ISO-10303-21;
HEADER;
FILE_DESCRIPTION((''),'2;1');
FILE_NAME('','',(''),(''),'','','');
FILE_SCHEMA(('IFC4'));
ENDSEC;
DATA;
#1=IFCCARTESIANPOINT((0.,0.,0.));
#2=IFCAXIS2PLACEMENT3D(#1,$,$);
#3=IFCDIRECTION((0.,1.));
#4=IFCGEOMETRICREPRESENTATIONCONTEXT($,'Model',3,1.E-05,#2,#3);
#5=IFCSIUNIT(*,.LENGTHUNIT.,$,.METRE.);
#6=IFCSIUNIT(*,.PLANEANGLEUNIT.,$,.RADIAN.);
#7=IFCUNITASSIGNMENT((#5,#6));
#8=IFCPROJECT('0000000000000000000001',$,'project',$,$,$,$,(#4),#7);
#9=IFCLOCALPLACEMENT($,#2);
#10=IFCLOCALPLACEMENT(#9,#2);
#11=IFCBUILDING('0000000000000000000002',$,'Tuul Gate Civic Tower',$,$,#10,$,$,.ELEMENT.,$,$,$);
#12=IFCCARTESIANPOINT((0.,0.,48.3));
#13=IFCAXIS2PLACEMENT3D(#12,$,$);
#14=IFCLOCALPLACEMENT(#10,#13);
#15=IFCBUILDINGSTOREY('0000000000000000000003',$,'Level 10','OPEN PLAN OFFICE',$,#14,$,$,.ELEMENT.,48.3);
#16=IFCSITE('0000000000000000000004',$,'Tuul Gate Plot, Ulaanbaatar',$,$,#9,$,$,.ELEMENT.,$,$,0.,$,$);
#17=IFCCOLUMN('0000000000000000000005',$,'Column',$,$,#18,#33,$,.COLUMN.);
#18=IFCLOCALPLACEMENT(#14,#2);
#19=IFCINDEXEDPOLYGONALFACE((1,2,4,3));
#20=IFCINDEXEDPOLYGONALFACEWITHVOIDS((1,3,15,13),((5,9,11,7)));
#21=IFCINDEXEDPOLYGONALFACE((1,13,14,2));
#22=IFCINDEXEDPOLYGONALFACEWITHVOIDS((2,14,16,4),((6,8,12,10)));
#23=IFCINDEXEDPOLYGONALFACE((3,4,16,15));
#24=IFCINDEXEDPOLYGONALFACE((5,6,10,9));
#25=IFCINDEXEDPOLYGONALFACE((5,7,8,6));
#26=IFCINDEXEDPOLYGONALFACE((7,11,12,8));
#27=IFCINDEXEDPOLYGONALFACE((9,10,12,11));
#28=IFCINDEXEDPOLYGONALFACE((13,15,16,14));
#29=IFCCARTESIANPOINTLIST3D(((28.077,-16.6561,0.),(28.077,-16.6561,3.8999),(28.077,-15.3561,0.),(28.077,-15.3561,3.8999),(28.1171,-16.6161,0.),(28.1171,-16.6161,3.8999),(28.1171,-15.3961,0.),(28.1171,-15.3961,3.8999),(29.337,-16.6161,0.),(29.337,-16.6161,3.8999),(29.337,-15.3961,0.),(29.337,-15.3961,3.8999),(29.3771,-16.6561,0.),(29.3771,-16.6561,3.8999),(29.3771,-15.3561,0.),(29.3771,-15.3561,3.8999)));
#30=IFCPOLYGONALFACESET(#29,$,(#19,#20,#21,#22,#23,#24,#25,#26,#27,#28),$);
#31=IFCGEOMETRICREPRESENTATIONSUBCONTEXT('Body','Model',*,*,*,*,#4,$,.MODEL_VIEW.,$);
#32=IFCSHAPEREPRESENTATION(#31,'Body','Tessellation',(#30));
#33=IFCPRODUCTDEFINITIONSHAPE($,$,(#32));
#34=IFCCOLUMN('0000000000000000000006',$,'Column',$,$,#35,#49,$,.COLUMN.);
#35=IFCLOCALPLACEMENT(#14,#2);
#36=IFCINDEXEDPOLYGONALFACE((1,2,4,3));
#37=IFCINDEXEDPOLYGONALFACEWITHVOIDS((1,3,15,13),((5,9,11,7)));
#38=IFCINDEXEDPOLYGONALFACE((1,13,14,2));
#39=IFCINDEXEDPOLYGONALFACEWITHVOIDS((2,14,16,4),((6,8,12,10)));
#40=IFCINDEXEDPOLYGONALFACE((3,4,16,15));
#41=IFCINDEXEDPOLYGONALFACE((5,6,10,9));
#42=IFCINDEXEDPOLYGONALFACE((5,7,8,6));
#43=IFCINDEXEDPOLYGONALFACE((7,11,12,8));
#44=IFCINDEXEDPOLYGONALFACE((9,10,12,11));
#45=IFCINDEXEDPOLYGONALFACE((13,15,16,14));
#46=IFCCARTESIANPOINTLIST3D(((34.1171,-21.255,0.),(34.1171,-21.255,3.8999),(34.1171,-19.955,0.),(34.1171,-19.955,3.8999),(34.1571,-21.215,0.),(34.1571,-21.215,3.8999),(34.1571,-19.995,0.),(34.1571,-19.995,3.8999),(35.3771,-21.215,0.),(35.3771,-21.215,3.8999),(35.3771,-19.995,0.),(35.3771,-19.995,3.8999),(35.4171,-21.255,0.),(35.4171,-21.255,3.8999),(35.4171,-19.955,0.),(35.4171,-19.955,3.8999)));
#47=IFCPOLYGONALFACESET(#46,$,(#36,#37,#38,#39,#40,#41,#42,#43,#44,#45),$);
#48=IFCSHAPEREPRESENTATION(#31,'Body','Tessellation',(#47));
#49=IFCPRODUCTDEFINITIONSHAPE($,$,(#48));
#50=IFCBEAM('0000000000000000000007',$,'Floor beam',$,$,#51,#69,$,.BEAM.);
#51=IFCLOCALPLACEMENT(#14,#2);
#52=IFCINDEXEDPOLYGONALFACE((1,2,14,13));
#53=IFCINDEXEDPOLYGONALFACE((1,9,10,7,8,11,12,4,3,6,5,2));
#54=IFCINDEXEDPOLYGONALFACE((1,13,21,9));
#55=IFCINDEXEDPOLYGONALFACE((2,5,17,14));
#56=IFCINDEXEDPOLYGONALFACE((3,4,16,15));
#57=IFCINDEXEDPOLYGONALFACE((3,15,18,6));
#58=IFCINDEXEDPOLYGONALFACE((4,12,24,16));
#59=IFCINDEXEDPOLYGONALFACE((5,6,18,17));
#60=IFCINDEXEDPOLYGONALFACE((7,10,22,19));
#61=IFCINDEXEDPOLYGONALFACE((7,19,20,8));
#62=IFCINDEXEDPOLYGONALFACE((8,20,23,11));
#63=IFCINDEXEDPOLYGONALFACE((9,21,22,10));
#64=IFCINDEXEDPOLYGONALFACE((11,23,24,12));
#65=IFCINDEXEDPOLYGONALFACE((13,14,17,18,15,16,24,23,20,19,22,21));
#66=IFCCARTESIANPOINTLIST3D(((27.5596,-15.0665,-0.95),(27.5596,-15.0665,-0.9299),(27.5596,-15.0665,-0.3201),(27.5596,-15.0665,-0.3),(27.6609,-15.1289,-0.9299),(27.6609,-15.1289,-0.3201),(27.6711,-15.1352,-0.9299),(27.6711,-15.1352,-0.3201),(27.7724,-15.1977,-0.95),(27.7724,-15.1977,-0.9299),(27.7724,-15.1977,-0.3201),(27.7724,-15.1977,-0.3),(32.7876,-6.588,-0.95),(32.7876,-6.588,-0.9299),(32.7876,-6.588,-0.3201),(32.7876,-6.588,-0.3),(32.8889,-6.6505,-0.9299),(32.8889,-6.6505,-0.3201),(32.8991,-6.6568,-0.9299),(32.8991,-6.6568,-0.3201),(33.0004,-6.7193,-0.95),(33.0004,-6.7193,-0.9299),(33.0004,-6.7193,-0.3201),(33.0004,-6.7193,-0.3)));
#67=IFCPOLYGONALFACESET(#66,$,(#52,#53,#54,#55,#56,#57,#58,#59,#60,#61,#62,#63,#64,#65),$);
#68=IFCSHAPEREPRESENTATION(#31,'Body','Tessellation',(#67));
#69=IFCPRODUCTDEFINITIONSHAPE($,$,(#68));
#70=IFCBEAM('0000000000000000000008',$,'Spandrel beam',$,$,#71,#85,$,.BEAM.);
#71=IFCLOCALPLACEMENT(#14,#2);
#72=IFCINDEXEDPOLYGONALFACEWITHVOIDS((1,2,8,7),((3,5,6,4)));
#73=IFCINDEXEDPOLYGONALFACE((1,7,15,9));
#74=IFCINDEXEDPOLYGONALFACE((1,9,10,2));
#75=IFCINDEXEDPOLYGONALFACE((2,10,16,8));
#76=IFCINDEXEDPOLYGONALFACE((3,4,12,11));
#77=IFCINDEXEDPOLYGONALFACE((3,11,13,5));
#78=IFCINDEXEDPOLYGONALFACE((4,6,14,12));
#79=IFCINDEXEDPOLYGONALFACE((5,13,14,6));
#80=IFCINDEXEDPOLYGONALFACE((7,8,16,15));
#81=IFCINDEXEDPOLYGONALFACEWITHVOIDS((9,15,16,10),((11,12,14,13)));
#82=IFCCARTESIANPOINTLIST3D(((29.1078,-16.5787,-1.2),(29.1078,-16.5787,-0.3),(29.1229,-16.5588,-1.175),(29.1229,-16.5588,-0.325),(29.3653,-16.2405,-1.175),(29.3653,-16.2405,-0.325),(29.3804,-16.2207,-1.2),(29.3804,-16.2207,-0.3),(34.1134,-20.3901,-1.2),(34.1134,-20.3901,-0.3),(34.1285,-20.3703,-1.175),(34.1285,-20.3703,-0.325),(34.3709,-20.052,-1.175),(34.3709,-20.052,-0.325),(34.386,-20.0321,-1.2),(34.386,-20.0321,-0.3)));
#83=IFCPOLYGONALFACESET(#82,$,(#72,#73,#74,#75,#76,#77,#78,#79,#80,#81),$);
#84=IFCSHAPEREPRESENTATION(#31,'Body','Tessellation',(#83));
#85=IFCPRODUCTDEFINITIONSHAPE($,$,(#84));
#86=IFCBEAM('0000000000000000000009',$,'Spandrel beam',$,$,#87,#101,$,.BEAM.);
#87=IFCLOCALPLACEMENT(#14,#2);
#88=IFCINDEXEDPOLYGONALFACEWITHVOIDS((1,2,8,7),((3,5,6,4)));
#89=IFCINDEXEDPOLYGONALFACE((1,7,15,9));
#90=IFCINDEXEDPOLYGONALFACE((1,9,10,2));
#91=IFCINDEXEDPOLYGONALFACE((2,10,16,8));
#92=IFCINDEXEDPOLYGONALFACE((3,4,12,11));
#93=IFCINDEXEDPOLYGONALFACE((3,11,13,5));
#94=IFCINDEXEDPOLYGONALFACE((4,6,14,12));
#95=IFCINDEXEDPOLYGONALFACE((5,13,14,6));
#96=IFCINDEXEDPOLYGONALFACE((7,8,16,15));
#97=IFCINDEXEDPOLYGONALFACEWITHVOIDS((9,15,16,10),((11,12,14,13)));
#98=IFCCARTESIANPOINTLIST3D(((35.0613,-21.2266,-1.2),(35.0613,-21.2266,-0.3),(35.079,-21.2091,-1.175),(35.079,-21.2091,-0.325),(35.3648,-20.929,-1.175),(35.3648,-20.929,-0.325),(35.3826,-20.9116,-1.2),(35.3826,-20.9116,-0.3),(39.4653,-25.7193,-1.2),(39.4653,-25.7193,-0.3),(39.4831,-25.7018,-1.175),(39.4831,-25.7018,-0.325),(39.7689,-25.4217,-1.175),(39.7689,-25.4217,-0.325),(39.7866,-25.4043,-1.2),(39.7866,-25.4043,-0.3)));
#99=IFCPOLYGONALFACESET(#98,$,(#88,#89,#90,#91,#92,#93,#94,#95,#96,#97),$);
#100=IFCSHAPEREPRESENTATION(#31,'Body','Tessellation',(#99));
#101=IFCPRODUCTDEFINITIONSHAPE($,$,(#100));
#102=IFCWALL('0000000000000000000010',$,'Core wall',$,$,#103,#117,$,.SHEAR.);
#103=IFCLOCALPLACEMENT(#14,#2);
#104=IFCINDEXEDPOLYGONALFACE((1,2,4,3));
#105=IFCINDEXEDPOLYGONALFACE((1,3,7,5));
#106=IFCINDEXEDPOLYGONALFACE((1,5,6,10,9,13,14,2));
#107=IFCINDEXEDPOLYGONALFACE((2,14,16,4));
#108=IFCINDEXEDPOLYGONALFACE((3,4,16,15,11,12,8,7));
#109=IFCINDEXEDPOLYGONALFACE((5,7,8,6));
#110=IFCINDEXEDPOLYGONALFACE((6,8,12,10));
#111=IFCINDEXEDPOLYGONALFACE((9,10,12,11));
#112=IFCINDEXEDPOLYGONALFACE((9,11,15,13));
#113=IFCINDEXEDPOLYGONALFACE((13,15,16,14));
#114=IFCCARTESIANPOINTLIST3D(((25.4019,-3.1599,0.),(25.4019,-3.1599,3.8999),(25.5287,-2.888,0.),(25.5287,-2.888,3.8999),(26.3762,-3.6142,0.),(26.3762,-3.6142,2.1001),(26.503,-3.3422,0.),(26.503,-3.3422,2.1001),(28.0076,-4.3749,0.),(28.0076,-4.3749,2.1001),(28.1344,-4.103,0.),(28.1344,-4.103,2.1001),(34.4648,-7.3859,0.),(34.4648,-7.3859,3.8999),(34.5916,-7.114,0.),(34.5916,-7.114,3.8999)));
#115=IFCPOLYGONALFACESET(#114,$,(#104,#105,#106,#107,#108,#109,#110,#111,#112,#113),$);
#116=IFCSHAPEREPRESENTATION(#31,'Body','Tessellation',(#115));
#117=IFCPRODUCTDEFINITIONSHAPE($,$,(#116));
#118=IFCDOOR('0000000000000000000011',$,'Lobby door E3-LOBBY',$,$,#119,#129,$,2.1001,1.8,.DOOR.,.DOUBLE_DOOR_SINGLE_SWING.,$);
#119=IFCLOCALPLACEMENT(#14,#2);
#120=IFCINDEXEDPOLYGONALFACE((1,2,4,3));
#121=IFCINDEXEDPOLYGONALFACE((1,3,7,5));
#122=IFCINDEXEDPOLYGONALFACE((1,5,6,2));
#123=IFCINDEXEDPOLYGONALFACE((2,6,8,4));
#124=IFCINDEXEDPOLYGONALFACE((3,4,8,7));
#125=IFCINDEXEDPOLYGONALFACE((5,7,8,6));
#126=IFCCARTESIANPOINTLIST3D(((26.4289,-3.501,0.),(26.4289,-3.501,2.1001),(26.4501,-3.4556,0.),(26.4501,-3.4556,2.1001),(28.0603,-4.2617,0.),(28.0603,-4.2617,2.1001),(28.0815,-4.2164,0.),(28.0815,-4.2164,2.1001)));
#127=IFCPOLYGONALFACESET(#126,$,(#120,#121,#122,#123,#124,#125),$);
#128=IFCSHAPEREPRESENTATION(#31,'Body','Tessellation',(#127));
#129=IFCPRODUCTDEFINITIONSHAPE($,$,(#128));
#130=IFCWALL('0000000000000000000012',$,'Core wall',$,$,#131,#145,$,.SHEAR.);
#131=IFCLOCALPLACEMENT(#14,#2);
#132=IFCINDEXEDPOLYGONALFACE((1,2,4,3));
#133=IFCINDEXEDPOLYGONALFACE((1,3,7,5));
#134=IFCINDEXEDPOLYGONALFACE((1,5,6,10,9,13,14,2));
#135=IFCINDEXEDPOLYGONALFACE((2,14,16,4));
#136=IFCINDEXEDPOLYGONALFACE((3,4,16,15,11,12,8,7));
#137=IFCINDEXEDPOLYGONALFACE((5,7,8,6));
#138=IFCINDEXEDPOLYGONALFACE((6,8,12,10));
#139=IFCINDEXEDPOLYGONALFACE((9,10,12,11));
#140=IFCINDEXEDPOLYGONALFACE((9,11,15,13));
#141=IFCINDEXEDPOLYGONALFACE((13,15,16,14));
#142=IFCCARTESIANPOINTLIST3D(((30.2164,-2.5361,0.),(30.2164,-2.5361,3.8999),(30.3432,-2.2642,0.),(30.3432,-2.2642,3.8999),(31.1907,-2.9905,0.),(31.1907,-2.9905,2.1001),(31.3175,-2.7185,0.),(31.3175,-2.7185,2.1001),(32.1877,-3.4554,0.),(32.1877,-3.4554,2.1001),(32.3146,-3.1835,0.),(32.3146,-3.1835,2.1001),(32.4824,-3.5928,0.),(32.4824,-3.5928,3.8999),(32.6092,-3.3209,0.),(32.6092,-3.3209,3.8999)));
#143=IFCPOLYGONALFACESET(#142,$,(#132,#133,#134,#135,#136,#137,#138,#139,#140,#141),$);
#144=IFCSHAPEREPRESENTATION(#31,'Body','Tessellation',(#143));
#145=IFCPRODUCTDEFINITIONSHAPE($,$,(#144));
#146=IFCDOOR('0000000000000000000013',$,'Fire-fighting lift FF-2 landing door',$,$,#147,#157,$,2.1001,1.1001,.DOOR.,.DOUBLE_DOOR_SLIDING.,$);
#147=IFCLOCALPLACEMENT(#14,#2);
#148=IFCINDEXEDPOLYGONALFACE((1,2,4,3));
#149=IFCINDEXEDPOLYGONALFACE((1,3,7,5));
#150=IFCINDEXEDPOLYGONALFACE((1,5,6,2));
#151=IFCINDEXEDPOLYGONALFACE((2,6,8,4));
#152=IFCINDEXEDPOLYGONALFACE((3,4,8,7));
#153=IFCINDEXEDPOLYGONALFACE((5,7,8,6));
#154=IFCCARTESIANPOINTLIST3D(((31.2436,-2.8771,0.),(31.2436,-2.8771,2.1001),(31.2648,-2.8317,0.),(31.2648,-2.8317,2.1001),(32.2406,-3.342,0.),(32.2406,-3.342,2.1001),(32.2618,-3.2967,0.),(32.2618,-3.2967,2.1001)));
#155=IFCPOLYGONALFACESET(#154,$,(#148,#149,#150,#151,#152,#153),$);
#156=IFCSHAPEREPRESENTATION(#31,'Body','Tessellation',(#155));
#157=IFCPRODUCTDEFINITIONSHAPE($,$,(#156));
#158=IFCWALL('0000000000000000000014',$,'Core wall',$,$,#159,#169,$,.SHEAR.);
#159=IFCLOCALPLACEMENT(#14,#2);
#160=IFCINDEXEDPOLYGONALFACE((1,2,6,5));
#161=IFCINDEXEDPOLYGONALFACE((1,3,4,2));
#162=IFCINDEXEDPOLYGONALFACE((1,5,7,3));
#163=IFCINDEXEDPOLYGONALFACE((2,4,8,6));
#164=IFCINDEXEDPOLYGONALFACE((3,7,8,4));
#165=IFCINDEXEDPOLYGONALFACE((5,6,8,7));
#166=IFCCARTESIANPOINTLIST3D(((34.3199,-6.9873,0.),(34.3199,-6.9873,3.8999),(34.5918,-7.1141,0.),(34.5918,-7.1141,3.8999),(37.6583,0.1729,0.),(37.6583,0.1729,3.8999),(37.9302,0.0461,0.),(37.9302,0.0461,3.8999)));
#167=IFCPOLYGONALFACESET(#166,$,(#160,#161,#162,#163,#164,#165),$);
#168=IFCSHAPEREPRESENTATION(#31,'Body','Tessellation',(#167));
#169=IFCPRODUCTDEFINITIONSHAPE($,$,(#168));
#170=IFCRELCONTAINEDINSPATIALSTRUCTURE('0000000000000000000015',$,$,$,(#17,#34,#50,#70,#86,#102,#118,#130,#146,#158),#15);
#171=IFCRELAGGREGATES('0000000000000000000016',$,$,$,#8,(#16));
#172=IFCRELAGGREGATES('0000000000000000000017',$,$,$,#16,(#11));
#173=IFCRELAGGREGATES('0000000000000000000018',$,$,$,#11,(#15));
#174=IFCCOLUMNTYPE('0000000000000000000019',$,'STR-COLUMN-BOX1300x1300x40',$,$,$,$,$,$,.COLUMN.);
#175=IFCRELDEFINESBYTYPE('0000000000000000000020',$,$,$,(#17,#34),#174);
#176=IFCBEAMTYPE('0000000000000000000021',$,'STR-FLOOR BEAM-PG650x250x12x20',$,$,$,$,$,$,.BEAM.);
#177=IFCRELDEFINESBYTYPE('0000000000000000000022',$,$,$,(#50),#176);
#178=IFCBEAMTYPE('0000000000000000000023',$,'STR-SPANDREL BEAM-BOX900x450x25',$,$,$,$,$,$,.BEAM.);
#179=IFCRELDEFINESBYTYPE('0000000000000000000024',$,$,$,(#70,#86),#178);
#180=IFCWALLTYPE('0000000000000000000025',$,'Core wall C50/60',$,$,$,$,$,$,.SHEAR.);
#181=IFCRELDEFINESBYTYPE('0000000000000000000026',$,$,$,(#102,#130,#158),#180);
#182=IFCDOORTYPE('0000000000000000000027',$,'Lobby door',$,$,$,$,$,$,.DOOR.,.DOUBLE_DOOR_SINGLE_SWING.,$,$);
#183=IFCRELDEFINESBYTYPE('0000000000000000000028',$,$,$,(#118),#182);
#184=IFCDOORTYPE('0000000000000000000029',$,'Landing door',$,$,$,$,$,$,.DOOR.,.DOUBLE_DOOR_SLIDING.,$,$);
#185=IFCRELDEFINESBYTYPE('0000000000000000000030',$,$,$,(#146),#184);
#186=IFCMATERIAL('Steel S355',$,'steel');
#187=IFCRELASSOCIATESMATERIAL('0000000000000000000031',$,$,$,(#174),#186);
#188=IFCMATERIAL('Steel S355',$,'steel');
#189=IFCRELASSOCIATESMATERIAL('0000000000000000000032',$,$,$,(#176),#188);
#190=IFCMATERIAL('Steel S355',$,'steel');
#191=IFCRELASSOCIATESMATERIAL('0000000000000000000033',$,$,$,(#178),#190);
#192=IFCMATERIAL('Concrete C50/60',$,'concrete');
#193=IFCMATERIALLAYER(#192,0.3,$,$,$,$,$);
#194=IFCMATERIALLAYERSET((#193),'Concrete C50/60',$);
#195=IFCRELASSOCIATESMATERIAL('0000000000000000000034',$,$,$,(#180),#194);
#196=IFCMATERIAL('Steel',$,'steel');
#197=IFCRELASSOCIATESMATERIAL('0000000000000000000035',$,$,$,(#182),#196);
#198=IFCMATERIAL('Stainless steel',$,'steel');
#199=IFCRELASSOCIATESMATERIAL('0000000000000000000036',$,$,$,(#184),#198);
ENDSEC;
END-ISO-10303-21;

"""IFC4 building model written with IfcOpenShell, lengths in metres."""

from ifc_helpers import new_model, si_unit, direction, frame, frame_2d, origin, origin_2d, place, context, subcontext, project, spatial, rectangle, hollow_rectangle, i_section, extrude, material, layer, layer_set, material_profile, profile_set, type_object, element, fill, save


model = new_model("IFC4")

# Units and contexts
model_context = context("Model", 3, precision=1e-05, world=origin(), true_north=direction((0.0, 1.0)))
body_context = subcontext(model_context, "Body", "Model", "MODEL_VIEW")
ifc_project = project(units=[si_unit("LENGTHUNIT", "METRE"), si_unit("PLANEANGLEUNIT", "RADIAN")], contexts=[model_context])

# Site, building, storey
site_placement = place(None, origin())
site = spatial("IfcSite", under=ifc_project, at=site_placement, Name="Tuul Gate Plot, Ulaanbaatar", CompositionType="ELEMENT", RefElevation=0.0)
building_placement = place(site_placement, origin())
building = spatial("IfcBuilding", under=site, at=building_placement, Name="Tuul Gate Civic Tower", CompositionType="ELEMENT")
storey_placement = place(building_placement, frame((0.0, 0.0, 48.3)))
storey = spatial("IfcBuildingStorey", under=building, at=storey_placement, Name="Level 10", Description="OPEN PLAN OFFICE", CompositionType="ELEMENT", Elevation=48.3)

# Columns
ifc_material_1 = material(Name="Steel S355", Category="steel")
ifc_material_profile_1 = material_profile(ifc_material_1, hollow_rectangle(XDim=1.3, YDim=1.3, WallThickness=0.04, at=origin_2d()), Name="BOX1300x1300x40")
ifc_profile_set_1 = profile_set([ifc_material_profile_1], Name="Steel S355")
column_type = type_object("IfcColumnType", Name="STR-COLUMN-BOX1300x1300x40", PredefinedType="COLUMN", material=ifc_profile_set_1)
for number, where, z_axis, x_axis, name in (
    (1, (28.7271, -16.0061, 0.0), (0.0, 0.0, 1.0), (1.0, 0.0, 0.0), "Column"),
    (2, (34.7671, -20.605, 0.0), (0.0, 0.0, 1.0), (1.0, 0.0, 0.0), "Column"),
):
    element("IfcColumn", number, at=place(storey_placement, frame(where, z_axis=z_axis, x_axis=x_axis)), inside=storey, type_object=column_type, Name=name, PredefinedType="COLUMN", context=body_context, shape_type="SweptSolid", body=[
        extrude(hollow_rectangle(XDim=1.3, YDim=1.3, WallThickness=0.04, at=origin_2d()), origin(), (0.0, 0.0, 1.0), 3.8999),
    ])

# Beams
ifc_material_2 = material(Name="Steel S355", Category="steel")
ifc_material_profile_2 = material_profile(ifc_material_2, i_section(OverallWidth=0.25, OverallDepth=0.6499, WebThickness=0.012, FlangeThickness=0.02, at=origin_2d()), Name="PG650x250x12x20")
ifc_profile_set_2 = profile_set([ifc_material_profile_2], Name="Steel S355")
beam_type_1 = type_object("IfcBeamType", Name="STR-FLOOR BEAM-PG650x250x12x20", PredefinedType="BEAM", material=ifc_profile_set_2)
beam_1_placement = place(storey_placement, frame((27.666, -15.1321, -0.625), z_axis=(0.52486, 0.851188, 0.0), x_axis=(-0.851188, 0.52486, 0.0)))
element("IfcBeam", 3, at=beam_1_placement, inside=storey, type_object=beam_type_1, Name="Floor beam", PredefinedType="BEAM", context=body_context, shape_type="SweptSolid", body=[
    extrude(i_section(OverallWidth=0.25, OverallDepth=0.6499, WebThickness=0.012, FlangeThickness=0.02, at=origin_2d()), origin(), (0.0, 0.0, 1.0), 9.9607),
])
ifc_material_3 = material(Name="Steel S355", Category="steel")
ifc_material_profile_3 = material_profile(ifc_material_3, hollow_rectangle(XDim=0.45, YDim=0.8999, WallThickness=0.0249, at=origin_2d()), Name="BOX900x450x25")
ifc_profile_set_3 = profile_set([ifc_material_profile_3], Name="Steel S355")
beam_type_2 = type_object("IfcBeamType", Name="STR-SPANDREL BEAM-BOX900x450x25", PredefinedType="BEAM", material=ifc_profile_set_3)
beam_2_placement = place(storey_placement, frame((29.2441, -16.3997, -0.75), z_axis=(0.795606, -0.605814, 0.0), x_axis=(0.605814, 0.795606, 0.0)))
element("IfcBeam", 4, at=beam_2_placement, inside=storey, type_object=beam_type_2, Name="Spandrel beam", PredefinedType="BEAM", context=body_context, shape_type="SweptSolid", body=[
    extrude(hollow_rectangle(XDim=0.45, YDim=0.8999, WallThickness=0.0249, at=origin_2d()), origin(), (0.0, 0.0, 1.0), 6.2915),
])
beam_3_placement = place(storey_placement, frame((35.2219, -21.0691, -0.75), z_axis=(0.700028, -0.714115, 0.0), x_axis=(0.714115, 0.700028, 0.0)))
element("IfcBeam", 5, at=beam_3_placement, inside=storey, type_object=beam_type_2, Name="Spandrel beam", PredefinedType="BEAM", context=body_context, shape_type="SweptSolid", body=[
    extrude(hollow_rectangle(XDim=0.45, YDim=0.8999, WallThickness=0.0249, at=origin_2d()), origin(), (0.0, 0.0, 1.0), 6.2913),
])

# Walls, openings, doors
ifc_material_4 = material(Name="Concrete C50/60", Category="concrete")
ifc_layer_1 = layer(ifc_material_4, 0.3)
ifc_layer_set_1 = layer_set([ifc_layer_1], Name="Concrete C50/60")
wall_type_1 = type_object("IfcWallType", Name="Core wall C50/60", PredefinedType="SHEAR", material=ifc_layer_set_1)
wall_1_placement = place(storey_placement, frame((34.5283, -7.25, 0.0), z_axis=(0.0, 0.0, 1.0), x_axis=(-0.90631, 0.422613, 0.0)))
wall_1 = element("IfcWall", 6, at=wall_1_placement, inside=storey, type_object=wall_type_1, Name="Core wall", PredefinedType="SHEAR", context=body_context, shape_type="SweptSolid", body=[
    extrude(rectangle(XDim=9.9998, YDim=0.3, at=frame_2d((5.0, 0.0))), origin(), (0.0, 0.0, 1.0), 3.8999),
])
opening_1_placement = place(wall_1_placement, frame((7.125, 0.0, 0.0)))
opening_1 = element("IfcOpeningElement", 7, at=opening_1_placement, cuts=wall_1, PredefinedType="OPENING", context=body_context, shape_type="SweptSolid", body=[
    extrude(rectangle(XDim=1.8, YDim=2.1001, at=frame_2d((0.8999, 1.05))), frame((0.0, 0.1602, 0.0), z_axis=(0.0, -1.0, 0.0), x_axis=(1.0, 0.0, 0.0)), (0.0, 0.0, 1.0), 0.3201),
])
ifc_material_5 = material(Name="Steel", Category="steel")
door_type_1 = type_object("IfcDoorType", Name="Lobby door", OperationType="DOUBLE_DOOR_SINGLE_SWING", PredefinedType="DOOR", material=ifc_material_5)
door_1_placement = place(opening_1_placement, frame((1.8, 0.0, 0.0), z_axis=(0.0, 0.0, 1.0), x_axis=(-1.0, 0.0, 0.0)))
door_1 = element("IfcDoor", 8, at=door_1_placement, inside=storey, type_object=door_type_1, Name="Lobby door E3-LOBBY", OperationType="DOUBLE_DOOR_SINGLE_SWING", OverallHeight=2.1001, OverallWidth=1.8, PredefinedType="DOOR", context=body_context, shape_type="SweptSolid", body=[
    extrude(rectangle(XDim=1.8, YDim=2.1001, at=frame_2d((0.9001, 1.05))), frame((0.0, 0.0249, 0.0), z_axis=(0.0, -1.0, 0.0), x_axis=(1.0, 0.0, 0.0)), (0.0, 0.0, 1.0), 0.05),
])
fill(opening_1, door_1)
wall_2_placement = place(storey_placement, frame((32.5457, -3.4568, 0.0), z_axis=(0.0, 0.0, 1.0), x_axis=(-0.9063, 0.422634, 0.0)))
wall_2 = element("IfcWall", 9, at=wall_2_placement, inside=storey, type_object=wall_type_1, Name="Core wall", PredefinedType="SHEAR", context=body_context, shape_type="SweptSolid", body=[
    extrude(rectangle(XDim=2.5002, YDim=0.3, at=frame_2d((1.25, 0.0))), origin(), (0.0, 0.0, 1.0), 3.8999),
])
opening_2_placement = place(wall_2_placement, frame((0.325, 0.0, 0.0)))
opening_2 = element("IfcOpeningElement", 10, at=opening_2_placement, cuts=wall_2, PredefinedType="OPENING", context=body_context, shape_type="SweptSolid", body=[
    extrude(rectangle(XDim=1.1001, YDim=2.1001, at=frame_2d((0.55, 1.05))), frame((0.0, 0.1602, 0.0), z_axis=(0.0, -1.0, 0.0), x_axis=(1.0, 0.0, 0.0)), (0.0, 0.0, 1.0), 0.3201),
])
ifc_material_6 = material(Name="Stainless steel", Category="steel")
door_type_2 = type_object("IfcDoorType", Name="Landing door", OperationType="DOUBLE_DOOR_SLIDING", PredefinedType="DOOR", material=ifc_material_6)
door_2_placement = place(opening_2_placement, origin())
door_2 = element("IfcDoor", 11, at=door_2_placement, inside=storey, type_object=door_type_2, Name="Fire-fighting lift FF-2 landing door", OperationType="DOUBLE_DOOR_SLIDING", OverallHeight=2.1001, OverallWidth=1.1001, PredefinedType="DOOR", context=body_context, shape_type="SweptSolid", body=[
    extrude(rectangle(XDim=1.1001, YDim=2.1001, at=frame_2d((0.55, 1.05))), frame((0.0, 0.0249, 0.0), z_axis=(0.0, -1.0, 0.0), x_axis=(1.0, 0.0, 0.0)), (0.0, 0.0, 1.0), 0.05),
])
fill(opening_2, door_2)

# Wall
wall_3_placement = place(storey_placement, frame((34.4558, -7.0508, 0.0), z_axis=(0.0, 0.0, 1.0), x_axis=(0.422571, 0.90633, 0.0)))
element("IfcWall", 12, at=wall_3_placement, inside=storey, type_object=wall_type_1, Name="Core wall", PredefinedType="SHEAR", context=body_context, shape_type="SweptSolid", body=[
    extrude(rectangle(XDim=7.9001, YDim=0.3, at=frame_2d((3.9502, 0.0))), origin(), (0.0, 0.0, 1.0), 3.8999),
])

save(model, "model.ifc")
